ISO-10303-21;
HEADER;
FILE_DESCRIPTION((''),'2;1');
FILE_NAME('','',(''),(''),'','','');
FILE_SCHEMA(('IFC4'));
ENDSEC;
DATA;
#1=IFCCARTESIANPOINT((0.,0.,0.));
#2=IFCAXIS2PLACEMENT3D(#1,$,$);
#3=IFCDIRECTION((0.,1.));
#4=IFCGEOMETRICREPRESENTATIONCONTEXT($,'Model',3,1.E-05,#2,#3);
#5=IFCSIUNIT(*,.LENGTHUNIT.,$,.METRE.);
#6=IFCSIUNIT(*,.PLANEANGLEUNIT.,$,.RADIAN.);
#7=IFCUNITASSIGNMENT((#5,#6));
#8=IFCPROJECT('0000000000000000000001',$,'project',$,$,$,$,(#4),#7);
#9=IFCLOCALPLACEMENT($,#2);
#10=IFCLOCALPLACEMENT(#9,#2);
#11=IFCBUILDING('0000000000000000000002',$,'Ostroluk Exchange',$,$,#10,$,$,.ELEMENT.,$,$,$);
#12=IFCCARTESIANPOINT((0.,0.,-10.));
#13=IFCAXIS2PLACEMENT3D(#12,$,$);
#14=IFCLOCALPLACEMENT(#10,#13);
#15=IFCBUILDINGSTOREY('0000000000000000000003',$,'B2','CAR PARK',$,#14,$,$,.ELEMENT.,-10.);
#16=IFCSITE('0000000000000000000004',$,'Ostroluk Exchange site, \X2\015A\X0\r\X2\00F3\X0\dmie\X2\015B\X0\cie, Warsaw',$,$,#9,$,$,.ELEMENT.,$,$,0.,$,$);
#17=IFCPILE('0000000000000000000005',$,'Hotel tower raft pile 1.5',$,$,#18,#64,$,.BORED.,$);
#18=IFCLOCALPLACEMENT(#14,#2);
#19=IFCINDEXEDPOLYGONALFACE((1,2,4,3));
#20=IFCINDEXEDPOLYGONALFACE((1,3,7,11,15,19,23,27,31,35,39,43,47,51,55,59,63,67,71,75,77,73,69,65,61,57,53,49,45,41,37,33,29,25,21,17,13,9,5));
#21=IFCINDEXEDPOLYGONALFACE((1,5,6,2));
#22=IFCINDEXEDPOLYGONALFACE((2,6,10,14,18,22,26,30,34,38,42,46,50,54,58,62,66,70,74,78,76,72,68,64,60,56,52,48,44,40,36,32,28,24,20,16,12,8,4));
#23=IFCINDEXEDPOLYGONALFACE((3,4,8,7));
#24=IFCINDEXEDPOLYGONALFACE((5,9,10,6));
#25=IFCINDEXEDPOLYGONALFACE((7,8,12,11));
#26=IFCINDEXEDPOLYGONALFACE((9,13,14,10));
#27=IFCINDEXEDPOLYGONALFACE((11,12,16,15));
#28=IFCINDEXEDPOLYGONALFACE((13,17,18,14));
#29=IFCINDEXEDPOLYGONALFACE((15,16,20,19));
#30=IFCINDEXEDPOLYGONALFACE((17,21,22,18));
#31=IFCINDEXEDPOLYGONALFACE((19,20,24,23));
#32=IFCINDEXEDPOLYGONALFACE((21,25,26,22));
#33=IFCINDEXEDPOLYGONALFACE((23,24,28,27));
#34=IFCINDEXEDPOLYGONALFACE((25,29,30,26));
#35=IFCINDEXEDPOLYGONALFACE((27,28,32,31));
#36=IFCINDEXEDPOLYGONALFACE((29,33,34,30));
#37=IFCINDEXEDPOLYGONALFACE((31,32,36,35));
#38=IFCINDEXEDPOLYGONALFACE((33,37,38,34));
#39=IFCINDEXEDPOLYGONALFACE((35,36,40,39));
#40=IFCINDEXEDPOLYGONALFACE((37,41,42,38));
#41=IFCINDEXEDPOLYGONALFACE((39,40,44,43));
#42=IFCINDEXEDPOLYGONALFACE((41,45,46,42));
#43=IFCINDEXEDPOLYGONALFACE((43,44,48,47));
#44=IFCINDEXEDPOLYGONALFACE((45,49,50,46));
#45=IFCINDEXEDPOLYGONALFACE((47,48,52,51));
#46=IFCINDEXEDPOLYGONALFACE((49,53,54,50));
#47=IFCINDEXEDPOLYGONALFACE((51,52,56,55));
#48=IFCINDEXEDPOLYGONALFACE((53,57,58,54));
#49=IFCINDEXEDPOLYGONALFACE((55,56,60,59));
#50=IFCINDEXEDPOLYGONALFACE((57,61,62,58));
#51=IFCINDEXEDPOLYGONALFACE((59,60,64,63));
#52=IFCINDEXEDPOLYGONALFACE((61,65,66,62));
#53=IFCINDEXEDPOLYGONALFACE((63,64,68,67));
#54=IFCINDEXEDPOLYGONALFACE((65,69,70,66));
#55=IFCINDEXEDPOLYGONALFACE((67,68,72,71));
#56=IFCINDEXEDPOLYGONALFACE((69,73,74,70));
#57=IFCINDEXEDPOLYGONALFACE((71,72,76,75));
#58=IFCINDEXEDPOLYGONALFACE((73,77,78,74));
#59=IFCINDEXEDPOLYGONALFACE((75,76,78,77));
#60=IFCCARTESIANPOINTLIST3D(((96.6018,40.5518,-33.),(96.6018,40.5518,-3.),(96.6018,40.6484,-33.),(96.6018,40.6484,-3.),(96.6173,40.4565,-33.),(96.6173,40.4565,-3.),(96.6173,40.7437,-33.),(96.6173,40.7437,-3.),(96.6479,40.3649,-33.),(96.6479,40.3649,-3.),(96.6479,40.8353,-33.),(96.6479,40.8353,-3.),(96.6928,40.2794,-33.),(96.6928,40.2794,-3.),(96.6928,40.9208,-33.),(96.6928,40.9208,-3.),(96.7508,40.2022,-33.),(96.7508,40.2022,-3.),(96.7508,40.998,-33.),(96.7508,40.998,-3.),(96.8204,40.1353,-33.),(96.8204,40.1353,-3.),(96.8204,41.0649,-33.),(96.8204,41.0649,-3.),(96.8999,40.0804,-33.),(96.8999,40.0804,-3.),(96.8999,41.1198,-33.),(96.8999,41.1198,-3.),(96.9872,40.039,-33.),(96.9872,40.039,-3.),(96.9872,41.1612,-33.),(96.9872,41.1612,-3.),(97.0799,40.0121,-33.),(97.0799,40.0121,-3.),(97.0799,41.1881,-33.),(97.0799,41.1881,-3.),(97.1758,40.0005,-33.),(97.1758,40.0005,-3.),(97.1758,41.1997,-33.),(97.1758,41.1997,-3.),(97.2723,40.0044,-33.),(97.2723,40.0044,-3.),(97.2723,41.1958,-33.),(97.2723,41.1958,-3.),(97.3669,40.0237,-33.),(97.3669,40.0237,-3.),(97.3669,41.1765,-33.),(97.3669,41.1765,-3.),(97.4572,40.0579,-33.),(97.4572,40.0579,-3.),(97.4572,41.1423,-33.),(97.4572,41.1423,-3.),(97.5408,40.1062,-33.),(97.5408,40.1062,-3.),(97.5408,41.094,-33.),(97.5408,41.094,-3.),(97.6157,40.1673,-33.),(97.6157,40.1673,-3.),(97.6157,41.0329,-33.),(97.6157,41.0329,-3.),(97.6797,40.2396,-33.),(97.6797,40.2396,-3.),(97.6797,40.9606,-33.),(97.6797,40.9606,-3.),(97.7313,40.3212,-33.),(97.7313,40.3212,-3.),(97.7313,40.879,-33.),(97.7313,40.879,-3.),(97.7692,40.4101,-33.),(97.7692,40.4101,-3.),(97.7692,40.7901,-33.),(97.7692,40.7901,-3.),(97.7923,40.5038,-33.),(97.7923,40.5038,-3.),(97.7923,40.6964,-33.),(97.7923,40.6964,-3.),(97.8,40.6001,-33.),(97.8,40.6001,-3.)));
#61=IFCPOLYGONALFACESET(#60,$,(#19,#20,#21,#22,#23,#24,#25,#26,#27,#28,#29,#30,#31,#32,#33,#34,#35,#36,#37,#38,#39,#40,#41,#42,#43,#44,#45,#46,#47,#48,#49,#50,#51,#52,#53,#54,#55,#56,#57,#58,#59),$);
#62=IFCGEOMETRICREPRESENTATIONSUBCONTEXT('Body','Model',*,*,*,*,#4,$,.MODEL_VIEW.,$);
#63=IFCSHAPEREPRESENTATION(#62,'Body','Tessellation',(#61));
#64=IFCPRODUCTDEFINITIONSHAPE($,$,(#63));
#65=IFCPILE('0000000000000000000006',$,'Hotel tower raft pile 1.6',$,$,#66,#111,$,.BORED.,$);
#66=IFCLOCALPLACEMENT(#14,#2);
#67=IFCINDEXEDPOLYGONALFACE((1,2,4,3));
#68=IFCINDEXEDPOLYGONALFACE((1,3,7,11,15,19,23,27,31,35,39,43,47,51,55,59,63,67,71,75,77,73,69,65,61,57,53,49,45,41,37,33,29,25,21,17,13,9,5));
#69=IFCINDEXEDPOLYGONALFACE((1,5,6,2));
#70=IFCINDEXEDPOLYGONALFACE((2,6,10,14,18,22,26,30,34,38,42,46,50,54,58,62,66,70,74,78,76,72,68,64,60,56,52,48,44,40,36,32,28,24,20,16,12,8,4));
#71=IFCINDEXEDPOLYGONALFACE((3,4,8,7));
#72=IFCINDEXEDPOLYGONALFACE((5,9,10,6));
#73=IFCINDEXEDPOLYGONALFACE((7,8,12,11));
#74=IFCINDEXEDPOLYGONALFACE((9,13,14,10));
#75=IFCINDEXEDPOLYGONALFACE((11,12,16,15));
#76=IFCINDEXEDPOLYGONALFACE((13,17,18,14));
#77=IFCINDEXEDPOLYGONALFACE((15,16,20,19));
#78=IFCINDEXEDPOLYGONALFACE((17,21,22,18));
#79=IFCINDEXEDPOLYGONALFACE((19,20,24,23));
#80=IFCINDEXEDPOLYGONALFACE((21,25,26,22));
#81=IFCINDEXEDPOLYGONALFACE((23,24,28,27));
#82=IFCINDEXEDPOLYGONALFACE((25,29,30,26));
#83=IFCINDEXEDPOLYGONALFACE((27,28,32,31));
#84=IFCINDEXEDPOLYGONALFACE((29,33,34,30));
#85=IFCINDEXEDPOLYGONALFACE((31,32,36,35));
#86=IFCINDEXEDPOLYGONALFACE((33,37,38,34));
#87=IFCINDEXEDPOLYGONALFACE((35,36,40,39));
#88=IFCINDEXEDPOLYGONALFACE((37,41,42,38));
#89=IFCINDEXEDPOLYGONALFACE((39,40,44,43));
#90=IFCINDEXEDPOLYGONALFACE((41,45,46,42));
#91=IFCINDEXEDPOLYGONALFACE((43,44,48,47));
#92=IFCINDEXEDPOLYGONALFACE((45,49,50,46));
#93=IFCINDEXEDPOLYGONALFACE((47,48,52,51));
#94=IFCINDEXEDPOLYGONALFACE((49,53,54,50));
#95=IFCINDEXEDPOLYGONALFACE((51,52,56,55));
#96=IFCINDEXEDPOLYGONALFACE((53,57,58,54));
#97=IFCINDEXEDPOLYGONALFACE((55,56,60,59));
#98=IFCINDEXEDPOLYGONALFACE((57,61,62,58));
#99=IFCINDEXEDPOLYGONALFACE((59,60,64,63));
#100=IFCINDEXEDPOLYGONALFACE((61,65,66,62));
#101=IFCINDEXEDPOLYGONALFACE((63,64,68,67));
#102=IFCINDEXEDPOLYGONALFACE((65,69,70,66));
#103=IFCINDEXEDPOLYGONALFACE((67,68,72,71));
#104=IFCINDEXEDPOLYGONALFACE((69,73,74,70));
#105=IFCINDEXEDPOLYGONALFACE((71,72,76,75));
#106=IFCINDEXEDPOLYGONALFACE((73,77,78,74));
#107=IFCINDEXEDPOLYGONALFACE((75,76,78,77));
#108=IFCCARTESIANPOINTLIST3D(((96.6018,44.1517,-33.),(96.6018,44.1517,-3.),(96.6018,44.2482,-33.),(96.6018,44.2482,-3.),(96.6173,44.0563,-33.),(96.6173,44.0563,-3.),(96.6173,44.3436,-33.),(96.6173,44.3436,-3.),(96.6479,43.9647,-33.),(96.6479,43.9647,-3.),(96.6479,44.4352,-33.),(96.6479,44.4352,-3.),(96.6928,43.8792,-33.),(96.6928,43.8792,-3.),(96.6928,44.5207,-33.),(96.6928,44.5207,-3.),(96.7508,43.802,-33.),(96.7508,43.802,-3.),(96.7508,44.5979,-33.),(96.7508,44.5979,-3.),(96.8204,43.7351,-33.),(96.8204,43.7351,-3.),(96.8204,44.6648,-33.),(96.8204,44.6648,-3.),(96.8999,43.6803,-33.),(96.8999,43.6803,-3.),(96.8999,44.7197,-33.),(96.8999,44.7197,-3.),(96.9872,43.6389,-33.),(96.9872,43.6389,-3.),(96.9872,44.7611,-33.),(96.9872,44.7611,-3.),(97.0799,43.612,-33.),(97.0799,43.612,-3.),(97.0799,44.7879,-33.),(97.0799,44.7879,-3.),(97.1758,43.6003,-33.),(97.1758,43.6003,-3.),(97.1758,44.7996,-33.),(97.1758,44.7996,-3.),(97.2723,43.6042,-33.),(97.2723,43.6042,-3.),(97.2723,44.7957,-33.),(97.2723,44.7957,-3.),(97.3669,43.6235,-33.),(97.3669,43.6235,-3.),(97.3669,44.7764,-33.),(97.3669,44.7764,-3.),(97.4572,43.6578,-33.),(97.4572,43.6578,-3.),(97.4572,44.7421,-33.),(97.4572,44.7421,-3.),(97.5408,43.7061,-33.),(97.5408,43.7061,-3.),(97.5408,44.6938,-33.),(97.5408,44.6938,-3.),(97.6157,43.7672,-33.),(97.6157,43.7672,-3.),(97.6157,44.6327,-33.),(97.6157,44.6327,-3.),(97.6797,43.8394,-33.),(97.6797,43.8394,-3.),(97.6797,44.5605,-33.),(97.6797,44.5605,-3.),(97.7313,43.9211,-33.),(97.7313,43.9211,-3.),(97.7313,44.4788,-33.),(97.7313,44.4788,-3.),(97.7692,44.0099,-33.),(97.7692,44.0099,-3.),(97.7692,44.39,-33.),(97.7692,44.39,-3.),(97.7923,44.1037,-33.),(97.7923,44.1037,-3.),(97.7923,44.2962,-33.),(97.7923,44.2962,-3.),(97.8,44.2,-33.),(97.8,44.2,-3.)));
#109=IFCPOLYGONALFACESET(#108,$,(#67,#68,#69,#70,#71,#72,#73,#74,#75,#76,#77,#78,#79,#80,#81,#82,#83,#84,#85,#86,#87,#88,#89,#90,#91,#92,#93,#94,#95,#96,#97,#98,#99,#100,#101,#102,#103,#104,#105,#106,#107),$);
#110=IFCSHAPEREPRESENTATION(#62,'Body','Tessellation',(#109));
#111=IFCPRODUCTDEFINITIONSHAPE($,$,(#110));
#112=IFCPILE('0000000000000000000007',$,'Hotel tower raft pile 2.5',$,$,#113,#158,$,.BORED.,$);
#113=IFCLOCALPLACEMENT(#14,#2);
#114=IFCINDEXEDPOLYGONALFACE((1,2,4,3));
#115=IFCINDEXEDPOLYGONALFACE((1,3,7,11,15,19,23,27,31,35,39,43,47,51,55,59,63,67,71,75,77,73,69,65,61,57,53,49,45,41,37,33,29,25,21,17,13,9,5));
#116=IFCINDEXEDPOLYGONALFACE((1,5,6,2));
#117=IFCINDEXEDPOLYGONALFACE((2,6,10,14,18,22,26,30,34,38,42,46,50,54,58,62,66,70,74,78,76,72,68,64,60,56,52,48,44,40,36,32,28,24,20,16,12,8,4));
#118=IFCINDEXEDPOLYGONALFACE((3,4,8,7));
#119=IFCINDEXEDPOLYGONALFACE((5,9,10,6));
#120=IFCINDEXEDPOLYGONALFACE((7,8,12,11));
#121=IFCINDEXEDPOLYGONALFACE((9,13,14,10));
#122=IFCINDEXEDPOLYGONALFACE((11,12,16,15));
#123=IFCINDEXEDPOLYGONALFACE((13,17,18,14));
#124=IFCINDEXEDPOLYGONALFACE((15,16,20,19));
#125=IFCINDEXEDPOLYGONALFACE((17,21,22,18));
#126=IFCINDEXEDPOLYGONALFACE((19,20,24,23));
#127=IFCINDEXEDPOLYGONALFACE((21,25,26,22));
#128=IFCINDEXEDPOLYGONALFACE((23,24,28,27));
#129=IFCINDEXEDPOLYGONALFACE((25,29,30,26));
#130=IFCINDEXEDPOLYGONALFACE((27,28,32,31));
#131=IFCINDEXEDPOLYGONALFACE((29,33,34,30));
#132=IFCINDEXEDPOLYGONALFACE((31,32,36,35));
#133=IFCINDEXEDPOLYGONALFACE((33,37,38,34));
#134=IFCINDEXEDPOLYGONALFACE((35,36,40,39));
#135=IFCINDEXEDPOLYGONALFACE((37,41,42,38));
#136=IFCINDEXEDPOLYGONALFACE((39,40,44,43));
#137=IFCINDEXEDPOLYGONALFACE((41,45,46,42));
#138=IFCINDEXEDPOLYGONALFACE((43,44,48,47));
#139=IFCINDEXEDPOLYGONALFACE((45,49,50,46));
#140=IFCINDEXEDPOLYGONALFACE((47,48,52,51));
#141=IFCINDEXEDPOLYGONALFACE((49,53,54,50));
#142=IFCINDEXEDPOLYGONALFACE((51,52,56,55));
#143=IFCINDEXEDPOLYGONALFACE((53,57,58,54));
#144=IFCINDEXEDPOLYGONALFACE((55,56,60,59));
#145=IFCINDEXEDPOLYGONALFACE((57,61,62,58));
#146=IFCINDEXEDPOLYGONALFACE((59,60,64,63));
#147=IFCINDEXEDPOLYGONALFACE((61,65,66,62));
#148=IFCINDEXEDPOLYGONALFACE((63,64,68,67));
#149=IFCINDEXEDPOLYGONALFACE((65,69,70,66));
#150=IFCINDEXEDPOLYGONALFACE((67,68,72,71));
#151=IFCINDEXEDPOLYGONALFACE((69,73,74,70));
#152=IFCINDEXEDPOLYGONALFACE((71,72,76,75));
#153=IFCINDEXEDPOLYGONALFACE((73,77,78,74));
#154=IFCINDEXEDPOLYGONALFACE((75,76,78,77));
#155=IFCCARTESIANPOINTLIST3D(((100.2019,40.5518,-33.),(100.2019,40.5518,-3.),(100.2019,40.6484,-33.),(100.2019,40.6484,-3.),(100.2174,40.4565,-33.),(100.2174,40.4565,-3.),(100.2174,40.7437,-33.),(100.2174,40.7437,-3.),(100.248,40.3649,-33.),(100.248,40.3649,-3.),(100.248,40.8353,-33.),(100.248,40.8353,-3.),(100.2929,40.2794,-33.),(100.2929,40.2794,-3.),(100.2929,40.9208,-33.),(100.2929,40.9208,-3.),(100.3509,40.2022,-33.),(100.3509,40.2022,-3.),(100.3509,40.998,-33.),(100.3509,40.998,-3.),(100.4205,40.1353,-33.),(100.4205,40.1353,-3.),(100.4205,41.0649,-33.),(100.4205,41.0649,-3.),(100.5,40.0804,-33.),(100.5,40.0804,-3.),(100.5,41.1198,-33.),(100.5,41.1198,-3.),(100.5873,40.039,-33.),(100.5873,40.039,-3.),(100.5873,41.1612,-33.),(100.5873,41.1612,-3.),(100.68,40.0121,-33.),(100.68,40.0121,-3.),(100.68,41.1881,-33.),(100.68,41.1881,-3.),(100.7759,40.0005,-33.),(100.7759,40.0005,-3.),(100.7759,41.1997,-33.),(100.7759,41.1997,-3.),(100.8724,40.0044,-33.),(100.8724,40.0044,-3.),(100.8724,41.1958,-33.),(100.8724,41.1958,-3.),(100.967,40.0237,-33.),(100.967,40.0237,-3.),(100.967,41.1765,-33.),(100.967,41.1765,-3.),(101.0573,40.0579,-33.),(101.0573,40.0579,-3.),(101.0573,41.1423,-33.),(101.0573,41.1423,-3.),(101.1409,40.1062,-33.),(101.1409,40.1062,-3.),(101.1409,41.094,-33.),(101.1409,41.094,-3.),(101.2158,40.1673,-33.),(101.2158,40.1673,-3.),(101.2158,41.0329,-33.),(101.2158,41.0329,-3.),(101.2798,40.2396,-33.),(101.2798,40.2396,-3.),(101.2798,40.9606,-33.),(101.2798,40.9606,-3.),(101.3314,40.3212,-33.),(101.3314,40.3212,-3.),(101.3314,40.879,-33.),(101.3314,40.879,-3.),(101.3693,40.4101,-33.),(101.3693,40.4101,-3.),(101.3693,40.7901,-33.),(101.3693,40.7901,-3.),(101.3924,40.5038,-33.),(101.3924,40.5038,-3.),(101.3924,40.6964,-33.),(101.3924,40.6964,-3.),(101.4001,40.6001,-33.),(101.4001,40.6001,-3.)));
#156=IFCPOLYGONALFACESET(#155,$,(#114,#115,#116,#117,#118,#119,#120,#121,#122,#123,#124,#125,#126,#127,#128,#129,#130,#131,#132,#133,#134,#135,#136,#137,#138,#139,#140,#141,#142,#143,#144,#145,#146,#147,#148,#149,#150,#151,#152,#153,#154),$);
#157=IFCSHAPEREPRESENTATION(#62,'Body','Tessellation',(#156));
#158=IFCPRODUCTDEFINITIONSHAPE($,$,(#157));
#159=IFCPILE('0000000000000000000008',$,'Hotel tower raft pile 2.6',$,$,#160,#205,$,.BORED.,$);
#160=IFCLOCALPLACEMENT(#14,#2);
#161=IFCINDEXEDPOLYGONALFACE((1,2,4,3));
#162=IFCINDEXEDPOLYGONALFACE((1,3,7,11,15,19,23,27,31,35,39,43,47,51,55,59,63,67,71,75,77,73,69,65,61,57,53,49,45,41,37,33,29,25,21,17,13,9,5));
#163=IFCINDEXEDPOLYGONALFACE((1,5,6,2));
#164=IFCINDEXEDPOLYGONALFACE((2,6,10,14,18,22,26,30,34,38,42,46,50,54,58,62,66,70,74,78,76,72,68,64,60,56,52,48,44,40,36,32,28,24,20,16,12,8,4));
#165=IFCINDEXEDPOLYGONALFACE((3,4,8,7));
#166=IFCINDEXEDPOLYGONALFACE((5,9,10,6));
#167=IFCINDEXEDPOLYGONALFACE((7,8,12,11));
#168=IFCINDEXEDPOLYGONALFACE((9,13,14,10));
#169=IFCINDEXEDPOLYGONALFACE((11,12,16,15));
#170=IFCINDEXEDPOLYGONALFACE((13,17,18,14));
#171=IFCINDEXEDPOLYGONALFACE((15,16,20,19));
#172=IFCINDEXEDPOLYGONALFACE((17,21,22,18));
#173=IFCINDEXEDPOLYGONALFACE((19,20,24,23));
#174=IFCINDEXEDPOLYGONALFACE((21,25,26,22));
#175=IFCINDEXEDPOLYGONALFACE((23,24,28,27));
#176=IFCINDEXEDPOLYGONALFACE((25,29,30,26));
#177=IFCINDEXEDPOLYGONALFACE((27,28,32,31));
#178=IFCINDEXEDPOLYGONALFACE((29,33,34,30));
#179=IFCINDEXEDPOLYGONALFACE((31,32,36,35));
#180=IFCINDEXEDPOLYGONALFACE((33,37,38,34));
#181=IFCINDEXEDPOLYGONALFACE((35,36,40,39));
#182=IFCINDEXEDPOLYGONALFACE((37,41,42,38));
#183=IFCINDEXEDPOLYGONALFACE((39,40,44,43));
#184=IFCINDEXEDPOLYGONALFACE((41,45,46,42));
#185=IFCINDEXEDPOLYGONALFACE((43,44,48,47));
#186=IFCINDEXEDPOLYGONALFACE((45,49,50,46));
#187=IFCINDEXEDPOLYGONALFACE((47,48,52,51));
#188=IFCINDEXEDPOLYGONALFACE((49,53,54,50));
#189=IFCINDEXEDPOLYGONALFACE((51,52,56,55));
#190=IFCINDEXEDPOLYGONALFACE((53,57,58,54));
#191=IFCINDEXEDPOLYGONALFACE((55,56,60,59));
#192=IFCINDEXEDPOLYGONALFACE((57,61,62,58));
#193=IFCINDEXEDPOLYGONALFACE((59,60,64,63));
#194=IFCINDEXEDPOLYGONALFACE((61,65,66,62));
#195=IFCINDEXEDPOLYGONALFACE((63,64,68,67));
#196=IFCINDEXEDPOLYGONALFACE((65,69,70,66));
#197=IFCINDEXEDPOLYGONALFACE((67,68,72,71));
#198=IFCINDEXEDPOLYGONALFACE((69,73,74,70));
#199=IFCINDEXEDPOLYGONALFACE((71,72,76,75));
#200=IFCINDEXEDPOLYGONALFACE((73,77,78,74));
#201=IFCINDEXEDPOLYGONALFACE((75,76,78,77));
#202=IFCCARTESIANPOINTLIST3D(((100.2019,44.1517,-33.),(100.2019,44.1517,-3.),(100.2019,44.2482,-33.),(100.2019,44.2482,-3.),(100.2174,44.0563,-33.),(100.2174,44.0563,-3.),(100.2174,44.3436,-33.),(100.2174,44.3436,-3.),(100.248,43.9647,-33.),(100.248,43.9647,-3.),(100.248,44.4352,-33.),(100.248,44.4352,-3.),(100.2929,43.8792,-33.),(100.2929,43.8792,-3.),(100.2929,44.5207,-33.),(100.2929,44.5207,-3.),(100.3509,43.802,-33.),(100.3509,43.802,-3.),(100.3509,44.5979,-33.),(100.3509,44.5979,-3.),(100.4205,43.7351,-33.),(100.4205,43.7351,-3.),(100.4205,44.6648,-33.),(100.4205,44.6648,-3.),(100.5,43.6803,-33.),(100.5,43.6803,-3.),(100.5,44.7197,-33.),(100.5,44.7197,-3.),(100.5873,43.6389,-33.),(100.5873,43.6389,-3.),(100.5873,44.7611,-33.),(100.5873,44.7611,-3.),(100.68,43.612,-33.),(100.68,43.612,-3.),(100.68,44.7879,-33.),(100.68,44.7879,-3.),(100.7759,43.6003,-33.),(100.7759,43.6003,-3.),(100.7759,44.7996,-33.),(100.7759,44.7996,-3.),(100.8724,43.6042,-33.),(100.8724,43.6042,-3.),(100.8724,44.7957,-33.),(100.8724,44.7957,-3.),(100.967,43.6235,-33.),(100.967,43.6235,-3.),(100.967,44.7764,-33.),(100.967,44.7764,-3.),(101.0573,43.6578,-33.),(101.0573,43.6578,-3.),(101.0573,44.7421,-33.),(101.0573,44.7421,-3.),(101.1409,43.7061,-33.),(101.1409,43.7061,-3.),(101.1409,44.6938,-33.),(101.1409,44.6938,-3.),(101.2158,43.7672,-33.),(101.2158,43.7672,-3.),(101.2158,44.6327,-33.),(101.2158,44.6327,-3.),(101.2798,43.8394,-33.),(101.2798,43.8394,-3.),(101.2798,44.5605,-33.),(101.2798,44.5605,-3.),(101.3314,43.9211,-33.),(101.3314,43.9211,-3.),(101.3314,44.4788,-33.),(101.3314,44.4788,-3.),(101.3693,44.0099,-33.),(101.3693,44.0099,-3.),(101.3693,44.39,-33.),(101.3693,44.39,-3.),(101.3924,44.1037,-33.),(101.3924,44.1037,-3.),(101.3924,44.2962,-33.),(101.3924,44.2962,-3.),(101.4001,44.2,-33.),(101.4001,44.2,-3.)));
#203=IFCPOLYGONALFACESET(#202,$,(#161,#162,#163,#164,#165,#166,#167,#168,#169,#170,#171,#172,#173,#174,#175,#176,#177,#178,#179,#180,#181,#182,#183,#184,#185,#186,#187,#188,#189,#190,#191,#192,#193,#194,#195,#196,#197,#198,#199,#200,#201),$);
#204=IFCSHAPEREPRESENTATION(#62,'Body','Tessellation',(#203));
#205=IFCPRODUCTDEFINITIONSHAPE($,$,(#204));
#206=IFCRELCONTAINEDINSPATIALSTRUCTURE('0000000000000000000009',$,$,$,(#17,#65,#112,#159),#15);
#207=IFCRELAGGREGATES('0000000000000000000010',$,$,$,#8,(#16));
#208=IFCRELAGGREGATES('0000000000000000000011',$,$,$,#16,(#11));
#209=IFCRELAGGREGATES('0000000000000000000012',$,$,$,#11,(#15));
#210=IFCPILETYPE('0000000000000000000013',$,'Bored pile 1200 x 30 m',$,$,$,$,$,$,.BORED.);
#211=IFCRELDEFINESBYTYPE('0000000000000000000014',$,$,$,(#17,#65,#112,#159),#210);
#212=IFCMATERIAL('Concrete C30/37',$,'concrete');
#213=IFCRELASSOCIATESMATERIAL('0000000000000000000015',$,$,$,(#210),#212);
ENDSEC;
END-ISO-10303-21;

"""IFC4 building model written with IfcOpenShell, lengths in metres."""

from ifc_helpers import new_model, si_unit, direction, frame, origin, origin_2d, place, context, subcontext, project, spatial, circle, extrude, material, type_object, element, save


model = new_model("IFC4")

# Units and contexts
model_context = context("Model", 3, precision=1e-05, world=origin(), true_north=direction((0.0, 1.0)))
body_context = subcontext(model_context, "Body", "Model", "MODEL_VIEW")
ifc_project = project(units=[si_unit("LENGTHUNIT", "METRE"), si_unit("PLANEANGLEUNIT", "RADIAN")], contexts=[model_context])

# Site, building, storey
site_placement = place(None, origin())
site = spatial("IfcSite", under=ifc_project, at=site_placement, Name="Ostroluk Exchange site, Śródmieście, Warsaw", CompositionType="ELEMENT", RefElevation=0.0)
building_placement = place(site_placement, origin())
building = spatial("IfcBuilding", under=site, at=building_placement, Name="Ostroluk Exchange", CompositionType="ELEMENT")
storey_placement = place(building_placement, frame((0.0, 0.0, -10.0)))
storey = spatial("IfcBuildingStorey", under=building, at=storey_placement, Name="B2", Description="CAR PARK", CompositionType="ELEMENT", Elevation=-10.0)

# Piles
ifc_material_1 = material(Name="Concrete C30/37", Category="concrete")
pile_type_1 = type_object("IfcPileType", Name="Bored pile 1200 x 30 m", PredefinedType="BORED", material=ifc_material_1)
for number, where, z_axis, x_axis, name in (
    (1, (97.2, 40.6001, -3.0), (0.0, 0.0, -1.0), (1.0, 0.0, 0.0), "Hotel tower raft pile 1.5"),
    (2, (97.2, 44.2, -3.0), (0.0, 0.0, -1.0), (1.0, 0.0, 0.0), "Hotel tower raft pile 1.6"),
    (3, (100.8, 40.6001, -3.0), (0.0, 0.0, -1.0), (1.0, 0.0, 0.0), "Hotel tower raft pile 2.5"),
    (4, (100.8, 44.2, -3.0), (0.0, 0.0, -1.0), (1.0, 0.0, 0.0), "Hotel tower raft pile 2.6"),
):
    element("IfcPile", number, at=place(storey_placement, frame(where, z_axis=z_axis, x_axis=x_axis)), inside=storey, type_object=pile_type_1, Name=name, PredefinedType="BORED", context=body_context, shape_type="SweptSolid", body=[
        extrude(circle(Radius=0.6001, at=origin_2d()), origin(), (0.0, 0.0, 1.0), 30.0),
    ])

save(model, "model.ifc")
